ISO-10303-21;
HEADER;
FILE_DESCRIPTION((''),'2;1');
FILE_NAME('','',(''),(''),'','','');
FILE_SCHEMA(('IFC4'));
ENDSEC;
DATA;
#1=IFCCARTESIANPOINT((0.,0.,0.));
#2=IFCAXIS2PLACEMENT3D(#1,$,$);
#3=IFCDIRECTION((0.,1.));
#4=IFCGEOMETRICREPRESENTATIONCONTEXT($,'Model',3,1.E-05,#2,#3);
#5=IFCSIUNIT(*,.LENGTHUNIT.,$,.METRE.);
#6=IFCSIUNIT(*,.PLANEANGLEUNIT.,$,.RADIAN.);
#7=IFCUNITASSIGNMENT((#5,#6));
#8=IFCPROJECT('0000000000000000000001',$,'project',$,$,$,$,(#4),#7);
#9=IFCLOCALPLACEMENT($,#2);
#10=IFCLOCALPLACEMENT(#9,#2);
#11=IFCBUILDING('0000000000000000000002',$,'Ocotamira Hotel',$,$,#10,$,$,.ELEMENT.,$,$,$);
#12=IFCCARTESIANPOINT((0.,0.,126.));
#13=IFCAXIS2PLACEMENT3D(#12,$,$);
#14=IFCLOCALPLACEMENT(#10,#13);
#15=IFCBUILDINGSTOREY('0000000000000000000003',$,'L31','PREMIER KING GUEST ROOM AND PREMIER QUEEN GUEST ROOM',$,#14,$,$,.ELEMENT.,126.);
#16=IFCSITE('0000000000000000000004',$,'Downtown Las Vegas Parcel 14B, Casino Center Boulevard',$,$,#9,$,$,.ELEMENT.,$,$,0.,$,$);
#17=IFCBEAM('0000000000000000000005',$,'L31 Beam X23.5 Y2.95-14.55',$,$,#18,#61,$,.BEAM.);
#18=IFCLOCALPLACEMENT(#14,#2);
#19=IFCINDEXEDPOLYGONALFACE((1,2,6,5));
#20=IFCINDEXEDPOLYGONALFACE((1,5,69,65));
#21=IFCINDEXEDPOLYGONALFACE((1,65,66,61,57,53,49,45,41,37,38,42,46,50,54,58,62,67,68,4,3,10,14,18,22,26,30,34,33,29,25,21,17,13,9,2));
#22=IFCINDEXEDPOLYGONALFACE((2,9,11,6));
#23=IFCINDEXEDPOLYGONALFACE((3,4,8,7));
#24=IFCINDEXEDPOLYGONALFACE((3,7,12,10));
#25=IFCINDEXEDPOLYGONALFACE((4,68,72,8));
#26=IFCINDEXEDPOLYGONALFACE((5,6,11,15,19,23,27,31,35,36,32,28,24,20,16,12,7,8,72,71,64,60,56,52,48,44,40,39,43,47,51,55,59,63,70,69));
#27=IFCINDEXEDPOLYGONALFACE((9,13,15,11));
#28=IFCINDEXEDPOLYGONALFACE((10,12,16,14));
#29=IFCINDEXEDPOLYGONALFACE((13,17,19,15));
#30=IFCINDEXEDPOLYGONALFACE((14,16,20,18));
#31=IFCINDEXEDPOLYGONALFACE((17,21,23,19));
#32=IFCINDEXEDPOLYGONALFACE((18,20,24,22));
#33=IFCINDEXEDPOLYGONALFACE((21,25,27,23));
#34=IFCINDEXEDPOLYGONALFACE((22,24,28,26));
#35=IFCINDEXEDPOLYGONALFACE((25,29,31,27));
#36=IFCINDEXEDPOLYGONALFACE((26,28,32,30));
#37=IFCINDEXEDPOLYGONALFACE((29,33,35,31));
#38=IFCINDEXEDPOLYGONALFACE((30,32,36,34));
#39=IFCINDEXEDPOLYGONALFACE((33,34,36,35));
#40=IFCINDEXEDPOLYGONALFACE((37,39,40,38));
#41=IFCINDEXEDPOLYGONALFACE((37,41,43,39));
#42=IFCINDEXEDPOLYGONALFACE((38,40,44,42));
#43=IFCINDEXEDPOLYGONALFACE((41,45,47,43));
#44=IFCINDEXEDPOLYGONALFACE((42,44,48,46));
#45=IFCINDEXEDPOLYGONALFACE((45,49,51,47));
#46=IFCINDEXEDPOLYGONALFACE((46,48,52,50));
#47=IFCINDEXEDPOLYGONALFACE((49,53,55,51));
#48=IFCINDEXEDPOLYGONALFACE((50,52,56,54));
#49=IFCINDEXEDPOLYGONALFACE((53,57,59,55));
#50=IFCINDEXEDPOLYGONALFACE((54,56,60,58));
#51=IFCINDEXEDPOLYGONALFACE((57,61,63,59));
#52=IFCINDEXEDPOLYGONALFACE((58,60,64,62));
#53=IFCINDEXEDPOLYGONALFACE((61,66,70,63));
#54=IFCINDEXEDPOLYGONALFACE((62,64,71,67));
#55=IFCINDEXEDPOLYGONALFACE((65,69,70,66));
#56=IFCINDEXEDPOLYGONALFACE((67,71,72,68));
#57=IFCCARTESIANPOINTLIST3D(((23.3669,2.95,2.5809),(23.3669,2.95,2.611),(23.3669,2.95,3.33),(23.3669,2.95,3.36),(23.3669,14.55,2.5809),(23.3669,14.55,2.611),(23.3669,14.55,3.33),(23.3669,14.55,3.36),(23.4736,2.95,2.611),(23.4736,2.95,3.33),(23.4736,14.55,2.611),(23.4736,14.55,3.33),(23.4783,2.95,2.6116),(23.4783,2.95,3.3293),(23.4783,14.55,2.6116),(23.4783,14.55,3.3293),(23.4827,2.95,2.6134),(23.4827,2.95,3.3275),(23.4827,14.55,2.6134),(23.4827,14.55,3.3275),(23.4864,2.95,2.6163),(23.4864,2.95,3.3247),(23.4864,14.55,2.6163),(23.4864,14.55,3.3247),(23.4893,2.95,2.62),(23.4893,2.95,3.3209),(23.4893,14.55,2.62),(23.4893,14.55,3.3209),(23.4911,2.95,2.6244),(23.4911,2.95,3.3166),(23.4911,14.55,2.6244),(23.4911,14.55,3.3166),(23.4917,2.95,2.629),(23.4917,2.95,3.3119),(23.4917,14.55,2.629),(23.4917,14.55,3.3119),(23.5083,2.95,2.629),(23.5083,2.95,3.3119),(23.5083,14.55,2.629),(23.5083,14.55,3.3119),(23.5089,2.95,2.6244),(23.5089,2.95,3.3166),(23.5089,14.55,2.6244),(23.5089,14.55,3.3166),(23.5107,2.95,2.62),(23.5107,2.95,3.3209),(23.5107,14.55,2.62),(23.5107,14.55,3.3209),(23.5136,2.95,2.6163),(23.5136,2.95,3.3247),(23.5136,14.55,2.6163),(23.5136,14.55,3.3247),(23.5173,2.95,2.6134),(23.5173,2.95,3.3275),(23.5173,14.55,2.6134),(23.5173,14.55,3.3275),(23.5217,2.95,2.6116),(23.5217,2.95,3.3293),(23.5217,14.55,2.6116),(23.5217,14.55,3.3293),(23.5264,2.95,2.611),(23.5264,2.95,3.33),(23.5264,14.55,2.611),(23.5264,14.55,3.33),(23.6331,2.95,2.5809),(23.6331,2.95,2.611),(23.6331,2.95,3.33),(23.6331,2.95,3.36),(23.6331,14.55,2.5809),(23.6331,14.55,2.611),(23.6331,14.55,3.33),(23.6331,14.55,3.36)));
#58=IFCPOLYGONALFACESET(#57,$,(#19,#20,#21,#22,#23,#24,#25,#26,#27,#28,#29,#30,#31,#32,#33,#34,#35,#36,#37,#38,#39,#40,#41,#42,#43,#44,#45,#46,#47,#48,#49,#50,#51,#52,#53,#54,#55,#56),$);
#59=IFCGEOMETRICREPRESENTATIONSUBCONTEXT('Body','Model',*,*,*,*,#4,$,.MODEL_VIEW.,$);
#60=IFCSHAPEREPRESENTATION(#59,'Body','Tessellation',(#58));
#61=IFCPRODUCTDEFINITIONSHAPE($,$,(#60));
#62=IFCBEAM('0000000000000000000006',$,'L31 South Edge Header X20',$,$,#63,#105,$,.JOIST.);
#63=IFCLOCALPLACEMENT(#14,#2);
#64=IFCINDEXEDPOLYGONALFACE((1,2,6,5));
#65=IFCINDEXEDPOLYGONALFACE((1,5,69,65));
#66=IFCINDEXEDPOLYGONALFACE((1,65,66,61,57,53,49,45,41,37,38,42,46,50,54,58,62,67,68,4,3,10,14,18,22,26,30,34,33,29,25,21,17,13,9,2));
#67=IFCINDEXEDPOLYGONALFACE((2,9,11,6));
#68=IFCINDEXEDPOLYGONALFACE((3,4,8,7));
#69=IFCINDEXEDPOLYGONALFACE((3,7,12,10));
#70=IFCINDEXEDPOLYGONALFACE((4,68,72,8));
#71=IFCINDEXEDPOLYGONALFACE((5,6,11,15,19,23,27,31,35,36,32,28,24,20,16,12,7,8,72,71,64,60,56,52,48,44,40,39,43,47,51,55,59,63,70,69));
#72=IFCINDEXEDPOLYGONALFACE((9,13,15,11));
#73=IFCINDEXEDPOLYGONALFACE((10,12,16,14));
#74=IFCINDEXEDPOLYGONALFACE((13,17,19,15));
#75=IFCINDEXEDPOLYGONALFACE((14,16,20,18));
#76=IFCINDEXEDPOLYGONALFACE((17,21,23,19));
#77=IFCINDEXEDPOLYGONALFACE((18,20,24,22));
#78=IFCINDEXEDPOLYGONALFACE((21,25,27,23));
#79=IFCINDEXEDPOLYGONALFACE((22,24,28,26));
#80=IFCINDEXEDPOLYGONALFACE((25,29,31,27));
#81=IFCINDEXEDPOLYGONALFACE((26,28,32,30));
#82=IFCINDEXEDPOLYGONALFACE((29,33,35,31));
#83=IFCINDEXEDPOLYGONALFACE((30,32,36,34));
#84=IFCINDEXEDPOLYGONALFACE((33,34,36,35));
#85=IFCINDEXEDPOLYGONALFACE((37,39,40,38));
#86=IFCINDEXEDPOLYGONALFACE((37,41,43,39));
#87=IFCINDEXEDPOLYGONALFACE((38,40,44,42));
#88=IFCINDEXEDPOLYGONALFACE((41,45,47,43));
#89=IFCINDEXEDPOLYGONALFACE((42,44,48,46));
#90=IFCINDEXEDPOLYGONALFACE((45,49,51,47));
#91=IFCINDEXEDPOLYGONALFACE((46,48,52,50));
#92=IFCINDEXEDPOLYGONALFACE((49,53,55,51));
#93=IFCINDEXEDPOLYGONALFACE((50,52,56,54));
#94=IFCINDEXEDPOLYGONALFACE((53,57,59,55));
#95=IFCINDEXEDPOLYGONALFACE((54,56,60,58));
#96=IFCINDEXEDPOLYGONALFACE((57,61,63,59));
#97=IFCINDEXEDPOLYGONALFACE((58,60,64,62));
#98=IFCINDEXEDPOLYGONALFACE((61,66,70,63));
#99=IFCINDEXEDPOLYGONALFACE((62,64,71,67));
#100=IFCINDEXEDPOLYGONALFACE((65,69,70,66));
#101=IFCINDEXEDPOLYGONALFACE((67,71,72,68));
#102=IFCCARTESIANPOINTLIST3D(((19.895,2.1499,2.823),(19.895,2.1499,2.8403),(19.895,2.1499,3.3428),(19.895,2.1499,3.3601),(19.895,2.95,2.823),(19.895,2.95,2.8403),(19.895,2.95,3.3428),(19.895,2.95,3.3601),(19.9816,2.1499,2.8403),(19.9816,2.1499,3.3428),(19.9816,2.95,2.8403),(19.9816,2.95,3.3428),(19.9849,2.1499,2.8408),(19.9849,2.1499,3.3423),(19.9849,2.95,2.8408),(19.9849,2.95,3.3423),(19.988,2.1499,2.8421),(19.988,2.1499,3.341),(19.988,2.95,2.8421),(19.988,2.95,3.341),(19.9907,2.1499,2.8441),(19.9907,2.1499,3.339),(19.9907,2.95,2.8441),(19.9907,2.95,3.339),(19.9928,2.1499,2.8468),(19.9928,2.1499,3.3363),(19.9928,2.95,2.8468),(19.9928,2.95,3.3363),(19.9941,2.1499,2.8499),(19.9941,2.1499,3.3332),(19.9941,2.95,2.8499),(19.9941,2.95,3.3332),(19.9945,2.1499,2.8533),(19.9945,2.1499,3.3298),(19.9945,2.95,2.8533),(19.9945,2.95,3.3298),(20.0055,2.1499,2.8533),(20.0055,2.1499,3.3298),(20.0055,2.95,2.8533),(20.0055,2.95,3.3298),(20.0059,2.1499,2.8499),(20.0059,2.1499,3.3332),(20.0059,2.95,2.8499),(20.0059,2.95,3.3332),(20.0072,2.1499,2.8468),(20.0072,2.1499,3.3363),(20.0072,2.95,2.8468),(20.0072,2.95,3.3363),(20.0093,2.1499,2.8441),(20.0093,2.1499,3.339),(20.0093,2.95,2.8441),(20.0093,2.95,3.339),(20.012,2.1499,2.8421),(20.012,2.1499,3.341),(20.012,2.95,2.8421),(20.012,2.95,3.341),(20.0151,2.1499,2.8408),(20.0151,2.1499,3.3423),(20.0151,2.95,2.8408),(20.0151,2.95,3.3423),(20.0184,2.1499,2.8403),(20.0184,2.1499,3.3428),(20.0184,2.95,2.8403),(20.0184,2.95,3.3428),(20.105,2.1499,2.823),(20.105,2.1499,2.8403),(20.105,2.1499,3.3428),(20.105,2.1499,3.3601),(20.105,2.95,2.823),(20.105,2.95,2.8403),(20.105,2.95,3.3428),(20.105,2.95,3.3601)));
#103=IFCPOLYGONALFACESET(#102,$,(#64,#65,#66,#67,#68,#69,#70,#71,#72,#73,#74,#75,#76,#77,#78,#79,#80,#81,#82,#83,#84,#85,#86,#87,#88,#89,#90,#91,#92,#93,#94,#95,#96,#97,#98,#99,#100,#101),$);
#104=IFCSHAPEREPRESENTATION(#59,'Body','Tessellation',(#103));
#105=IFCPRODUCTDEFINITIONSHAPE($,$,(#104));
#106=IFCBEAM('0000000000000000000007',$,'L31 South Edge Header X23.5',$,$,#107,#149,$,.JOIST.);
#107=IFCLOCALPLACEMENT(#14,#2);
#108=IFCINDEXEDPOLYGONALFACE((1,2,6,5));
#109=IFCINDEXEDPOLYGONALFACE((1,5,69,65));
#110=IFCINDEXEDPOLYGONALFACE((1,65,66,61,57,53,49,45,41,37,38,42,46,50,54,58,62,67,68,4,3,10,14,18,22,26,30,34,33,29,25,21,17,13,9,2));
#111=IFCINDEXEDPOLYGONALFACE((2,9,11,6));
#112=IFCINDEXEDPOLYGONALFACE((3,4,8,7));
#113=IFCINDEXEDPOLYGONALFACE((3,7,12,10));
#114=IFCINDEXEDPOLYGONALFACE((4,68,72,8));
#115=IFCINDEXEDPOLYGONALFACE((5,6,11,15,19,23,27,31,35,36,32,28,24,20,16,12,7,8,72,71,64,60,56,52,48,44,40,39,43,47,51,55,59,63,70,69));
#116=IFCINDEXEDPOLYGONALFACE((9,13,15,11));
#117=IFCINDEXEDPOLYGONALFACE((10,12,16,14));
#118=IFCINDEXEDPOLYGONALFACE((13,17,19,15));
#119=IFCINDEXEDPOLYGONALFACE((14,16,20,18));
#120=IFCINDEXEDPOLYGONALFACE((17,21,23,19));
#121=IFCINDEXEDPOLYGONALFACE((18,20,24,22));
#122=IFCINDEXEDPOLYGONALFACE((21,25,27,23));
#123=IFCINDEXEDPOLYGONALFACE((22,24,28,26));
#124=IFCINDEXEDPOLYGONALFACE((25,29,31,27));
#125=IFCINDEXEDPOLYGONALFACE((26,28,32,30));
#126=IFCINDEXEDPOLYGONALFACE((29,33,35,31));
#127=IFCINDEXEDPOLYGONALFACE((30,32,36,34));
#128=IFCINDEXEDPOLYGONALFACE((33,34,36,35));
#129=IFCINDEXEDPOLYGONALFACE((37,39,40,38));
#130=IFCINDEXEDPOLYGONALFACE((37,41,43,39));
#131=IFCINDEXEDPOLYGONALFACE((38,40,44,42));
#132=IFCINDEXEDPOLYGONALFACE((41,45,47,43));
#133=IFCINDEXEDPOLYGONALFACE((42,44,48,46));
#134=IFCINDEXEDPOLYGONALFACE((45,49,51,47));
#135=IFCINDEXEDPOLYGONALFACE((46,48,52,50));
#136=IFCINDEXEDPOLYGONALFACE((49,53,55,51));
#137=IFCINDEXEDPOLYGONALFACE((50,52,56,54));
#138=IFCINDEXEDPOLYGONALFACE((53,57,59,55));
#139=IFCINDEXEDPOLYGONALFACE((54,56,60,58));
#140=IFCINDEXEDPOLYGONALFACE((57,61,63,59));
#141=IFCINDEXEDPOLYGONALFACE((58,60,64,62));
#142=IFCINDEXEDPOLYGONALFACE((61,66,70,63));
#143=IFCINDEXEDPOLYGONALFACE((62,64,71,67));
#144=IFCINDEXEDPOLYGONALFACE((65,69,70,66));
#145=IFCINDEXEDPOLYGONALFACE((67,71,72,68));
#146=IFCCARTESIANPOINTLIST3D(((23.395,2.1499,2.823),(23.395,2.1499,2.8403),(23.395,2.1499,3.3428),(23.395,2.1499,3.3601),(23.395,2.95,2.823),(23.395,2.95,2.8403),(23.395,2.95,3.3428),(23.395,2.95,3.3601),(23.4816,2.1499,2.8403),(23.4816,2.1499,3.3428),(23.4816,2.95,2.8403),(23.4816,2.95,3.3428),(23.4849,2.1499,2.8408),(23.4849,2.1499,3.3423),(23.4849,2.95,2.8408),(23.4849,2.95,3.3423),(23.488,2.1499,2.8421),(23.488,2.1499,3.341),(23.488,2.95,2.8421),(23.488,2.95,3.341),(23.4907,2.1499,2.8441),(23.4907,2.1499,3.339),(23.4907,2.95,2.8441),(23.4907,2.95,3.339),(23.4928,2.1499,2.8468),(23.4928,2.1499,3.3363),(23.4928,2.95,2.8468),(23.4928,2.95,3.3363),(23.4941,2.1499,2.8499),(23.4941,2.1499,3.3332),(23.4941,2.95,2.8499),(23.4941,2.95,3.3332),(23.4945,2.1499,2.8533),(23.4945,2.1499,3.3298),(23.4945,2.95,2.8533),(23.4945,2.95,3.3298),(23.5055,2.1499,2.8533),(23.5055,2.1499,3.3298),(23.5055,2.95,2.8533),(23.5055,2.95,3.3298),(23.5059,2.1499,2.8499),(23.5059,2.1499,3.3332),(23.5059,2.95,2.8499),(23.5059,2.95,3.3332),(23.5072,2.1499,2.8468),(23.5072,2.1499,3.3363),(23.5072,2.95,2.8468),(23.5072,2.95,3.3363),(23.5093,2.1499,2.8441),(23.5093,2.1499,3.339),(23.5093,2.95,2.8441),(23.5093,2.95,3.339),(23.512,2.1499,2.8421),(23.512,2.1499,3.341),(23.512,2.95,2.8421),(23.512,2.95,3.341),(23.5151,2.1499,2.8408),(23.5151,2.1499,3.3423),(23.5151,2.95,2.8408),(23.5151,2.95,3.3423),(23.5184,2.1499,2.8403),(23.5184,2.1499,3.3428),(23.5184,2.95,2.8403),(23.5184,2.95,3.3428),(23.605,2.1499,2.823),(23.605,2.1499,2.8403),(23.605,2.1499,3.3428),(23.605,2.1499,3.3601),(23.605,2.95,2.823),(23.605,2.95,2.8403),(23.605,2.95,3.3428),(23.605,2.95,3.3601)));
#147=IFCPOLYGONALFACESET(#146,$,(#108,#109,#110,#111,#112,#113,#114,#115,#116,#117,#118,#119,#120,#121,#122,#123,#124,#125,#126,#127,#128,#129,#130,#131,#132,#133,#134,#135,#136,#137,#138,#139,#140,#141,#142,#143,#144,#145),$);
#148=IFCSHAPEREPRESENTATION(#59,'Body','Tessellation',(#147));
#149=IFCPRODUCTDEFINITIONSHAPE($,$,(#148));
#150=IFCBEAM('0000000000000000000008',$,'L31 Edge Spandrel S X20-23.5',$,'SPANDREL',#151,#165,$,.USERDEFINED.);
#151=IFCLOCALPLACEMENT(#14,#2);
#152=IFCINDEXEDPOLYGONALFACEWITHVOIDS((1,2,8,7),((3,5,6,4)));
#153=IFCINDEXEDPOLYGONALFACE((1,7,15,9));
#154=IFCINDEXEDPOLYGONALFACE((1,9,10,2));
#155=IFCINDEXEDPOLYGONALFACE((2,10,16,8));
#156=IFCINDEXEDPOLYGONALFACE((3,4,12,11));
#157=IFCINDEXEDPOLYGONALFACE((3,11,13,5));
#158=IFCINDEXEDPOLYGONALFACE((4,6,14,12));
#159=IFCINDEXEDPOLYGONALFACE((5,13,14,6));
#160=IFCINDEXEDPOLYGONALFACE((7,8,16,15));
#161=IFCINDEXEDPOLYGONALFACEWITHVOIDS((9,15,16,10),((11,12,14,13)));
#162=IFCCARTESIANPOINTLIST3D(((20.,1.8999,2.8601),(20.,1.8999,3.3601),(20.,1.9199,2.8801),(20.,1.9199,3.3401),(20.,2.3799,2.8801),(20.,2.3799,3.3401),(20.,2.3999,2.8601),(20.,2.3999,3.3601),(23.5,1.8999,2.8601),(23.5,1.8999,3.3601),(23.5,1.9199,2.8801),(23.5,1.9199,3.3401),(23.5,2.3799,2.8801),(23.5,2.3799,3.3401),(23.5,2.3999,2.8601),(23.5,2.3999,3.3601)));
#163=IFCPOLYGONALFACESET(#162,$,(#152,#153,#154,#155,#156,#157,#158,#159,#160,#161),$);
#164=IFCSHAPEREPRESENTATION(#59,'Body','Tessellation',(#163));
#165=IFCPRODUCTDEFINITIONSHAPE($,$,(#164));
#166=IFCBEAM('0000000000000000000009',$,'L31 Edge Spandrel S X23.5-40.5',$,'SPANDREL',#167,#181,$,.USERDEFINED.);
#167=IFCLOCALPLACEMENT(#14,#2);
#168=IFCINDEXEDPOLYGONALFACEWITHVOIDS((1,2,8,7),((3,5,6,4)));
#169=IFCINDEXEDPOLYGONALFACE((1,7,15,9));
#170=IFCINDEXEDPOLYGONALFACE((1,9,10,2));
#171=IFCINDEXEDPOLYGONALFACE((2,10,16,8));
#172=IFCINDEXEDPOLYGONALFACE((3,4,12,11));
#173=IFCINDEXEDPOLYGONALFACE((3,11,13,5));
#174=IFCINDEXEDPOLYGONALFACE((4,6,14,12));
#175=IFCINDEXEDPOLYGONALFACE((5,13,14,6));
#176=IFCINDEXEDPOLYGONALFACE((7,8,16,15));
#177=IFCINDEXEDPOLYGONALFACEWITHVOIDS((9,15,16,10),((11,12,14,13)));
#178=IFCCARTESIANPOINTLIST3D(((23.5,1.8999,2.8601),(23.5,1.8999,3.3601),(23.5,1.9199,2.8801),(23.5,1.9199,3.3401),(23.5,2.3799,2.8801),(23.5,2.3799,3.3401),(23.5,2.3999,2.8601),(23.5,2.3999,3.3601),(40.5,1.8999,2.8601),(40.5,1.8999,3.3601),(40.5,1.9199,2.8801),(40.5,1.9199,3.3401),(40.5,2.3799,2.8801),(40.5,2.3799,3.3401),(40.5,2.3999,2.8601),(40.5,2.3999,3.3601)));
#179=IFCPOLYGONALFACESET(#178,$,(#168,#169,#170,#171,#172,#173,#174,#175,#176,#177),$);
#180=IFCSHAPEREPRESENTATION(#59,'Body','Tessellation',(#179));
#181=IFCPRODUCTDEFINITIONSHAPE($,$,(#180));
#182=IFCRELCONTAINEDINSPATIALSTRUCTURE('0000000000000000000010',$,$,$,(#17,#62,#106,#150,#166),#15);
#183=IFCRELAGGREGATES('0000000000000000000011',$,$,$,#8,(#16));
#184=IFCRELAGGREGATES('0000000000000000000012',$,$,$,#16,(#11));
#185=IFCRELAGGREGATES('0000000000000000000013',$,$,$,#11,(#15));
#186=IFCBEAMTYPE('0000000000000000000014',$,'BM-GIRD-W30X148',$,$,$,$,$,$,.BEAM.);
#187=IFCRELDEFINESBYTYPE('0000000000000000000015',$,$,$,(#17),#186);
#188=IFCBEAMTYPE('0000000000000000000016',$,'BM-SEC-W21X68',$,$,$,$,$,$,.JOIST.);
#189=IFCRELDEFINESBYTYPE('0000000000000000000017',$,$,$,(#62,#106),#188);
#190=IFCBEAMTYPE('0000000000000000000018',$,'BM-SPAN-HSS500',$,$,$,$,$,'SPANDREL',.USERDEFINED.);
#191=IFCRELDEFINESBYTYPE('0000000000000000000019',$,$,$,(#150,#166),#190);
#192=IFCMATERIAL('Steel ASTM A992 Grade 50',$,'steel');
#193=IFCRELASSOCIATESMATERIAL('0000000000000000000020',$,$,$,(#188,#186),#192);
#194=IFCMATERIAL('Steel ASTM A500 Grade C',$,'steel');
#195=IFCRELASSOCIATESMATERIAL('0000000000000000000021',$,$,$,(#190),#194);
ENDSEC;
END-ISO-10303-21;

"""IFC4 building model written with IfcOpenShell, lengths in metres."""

from ifc_helpers import new_model, si_unit, direction, frame, origin, origin_2d, place, context, subcontext, project, spatial, hollow_rectangle, i_section, extrude, source, transform, mapped, material, material_profile, profile_set, type_object, element, save


model = new_model("IFC4")

# Units and contexts
model_context = context("Model", 3, precision=1e-05, world=origin(), true_north=direction((0.0, 1.0)))
body_context = subcontext(model_context, "Body", "Model", "MODEL_VIEW")
ifc_project = project(units=[si_unit("LENGTHUNIT", "METRE"), si_unit("PLANEANGLEUNIT", "RADIAN")], contexts=[model_context])

# Site, building, storey
site_placement = place(None, origin())
site = spatial("IfcSite", under=ifc_project, at=site_placement, Name="Downtown Las Vegas Parcel 14B, Casino Center Boulevard", CompositionType="ELEMENT", RefElevation=0.0)
building_placement = place(site_placement, origin())
building = spatial("IfcBuilding", under=site, at=building_placement, Name="Ocotamira Hotel", CompositionType="ELEMENT")
storey_placement = place(building_placement, frame((0.0, 0.0, 126.0)))
storey = spatial("IfcBuildingStorey", under=building, at=storey_placement, Name="L31", Description="PREMIER KING GUEST ROOM AND PREMIER QUEEN GUEST ROOM", CompositionType="ELEMENT", Elevation=126.0)

# Beams
ifc_material_1 = material(Name="Steel ASTM A992 Grade 50", Category="steel")
ifc_material_profile_1 = material_profile(ifc_material_1, i_section(OverallWidth=0.21, OverallDepth=0.5371, WebThickness=0.011, FlangeThickness=0.0173, FilletRadius=0.0129, at=origin_2d()), Name="W21X68")
ifc_profile_set_1 = profile_set([ifc_material_profile_1], Name="Steel ASTM A992 Grade 50")
beam_type_1 = type_object("IfcBeamType", Name="BM-SEC-W21X68", PredefinedType="JOIST", material=ifc_profile_set_1)
ifc_material_profile_2 = material_profile(ifc_material_1, i_section(OverallWidth=0.2661, OverallDepth=0.7791, WebThickness=0.0166, FlangeThickness=0.03, FilletRadius=0.0181, at=origin_2d()), Name="W30X148")
ifc_profile_set_2 = profile_set([ifc_material_profile_2], Name="Steel ASTM A992 Grade 50")
beam_type_2 = type_object("IfcBeamType", Name="BM-GIRD-W30X148", PredefinedType="BEAM", material=ifc_profile_set_2)
shared_shape_1 = source(origin(), body_context, "Body", "SweptSolid", [
    extrude(i_section(OverallWidth=0.2661, OverallDepth=0.7791, WebThickness=0.0166, FlangeThickness=0.03, FilletRadius=0.0181, at=origin_2d()), origin(), (0.0, 0.0, 1.0), 11.6001),
])
beam_1_placement = place(storey_placement, frame((23.5, 2.95, 2.9705), z_axis=(0.0, 1.0, 0.0), x_axis=(-1.0, 0.0, 0.0)))
element("IfcBeam", 1, at=beam_1_placement, inside=storey, type_object=beam_type_2, Name="L31 Beam X23.5 Y2.95-14.55", PredefinedType="BEAM", context=body_context, shape_type="MappedRepresentation", body=[
    mapped(shared_shape_1, transform((0.0, 0.0, 0.0), scale=1.0)),
])
shared_shape_2 = source(origin(), body_context, "Body", "SweptSolid", [
    extrude(i_section(OverallWidth=0.21, OverallDepth=0.5371, WebThickness=0.011, FlangeThickness=0.0173, FilletRadius=0.0129, at=origin_2d()), origin(), (0.0, 0.0, 1.0), 0.8),
])
for number, where, z_axis, x_axis, name in (
    (2, (20.0, 2.95, 3.0916), (0.0, -1.0, 0.0), (1.0, 0.0, 0.0), "L31 South Edge Header X20"),
    (3, (23.5, 2.95, 3.0916), (0.0, -1.0, 0.0), (1.0, 0.0, 0.0), "L31 South Edge Header X23.5"),
):
    element("IfcBeam", number, at=place(storey_placement, frame(where, z_axis=z_axis, x_axis=x_axis)), inside=storey, type_object=beam_type_1, Name=name, PredefinedType="JOIST", context=body_context, shape_type="MappedRepresentation", body=[
        mapped(shared_shape_2, transform((0.0, 0.0, 0.0), scale=1.0)),
    ])
ifc_material_2 = material(Name="Steel ASTM A500 Grade C", Category="steel")
ifc_material_profile_3 = material_profile(ifc_material_2, hollow_rectangle(XDim=0.5, YDim=0.5, WallThickness=0.02, at=origin_2d()), Name="HSS500X500X20")
ifc_profile_set_3 = profile_set([ifc_material_profile_3], Name="Steel ASTM A500 Grade C")
beam_type_3 = type_object("IfcBeamType", Name="BM-SPAN-HSS500", ElementType="SPANDREL", PredefinedType="USERDEFINED", material=ifc_profile_set_3)
shared_shape_3 = source(origin(), body_context, "Body", "SweptSolid", [
    extrude(hollow_rectangle(XDim=0.5, YDim=0.5, WallThickness=0.02, at=origin_2d()), origin(), (0.0, 0.0, 1.0), 3.5),
])
beam_2_placement = place(storey_placement, frame((20.0, 2.1499, 3.1101), z_axis=(1.0, 0.0, 0.0), x_axis=(0.0, 1.0, 0.0)))
element("IfcBeam", 4, at=beam_2_placement, inside=storey, type_object=beam_type_3, Name="L31 Edge Spandrel S X20-23.5", ObjectType="SPANDREL", PredefinedType="USERDEFINED", context=body_context, shape_type="MappedRepresentation", body=[
    mapped(shared_shape_3, transform((0.0, 0.0, 0.0), scale=1.0)),
])
shared_shape_4 = source(origin(), body_context, "Body", "SweptSolid", [
    extrude(hollow_rectangle(XDim=0.5, YDim=0.5, WallThickness=0.02, at=origin_2d()), origin(), (0.0, 0.0, 1.0), 17.0),
])
beam_3_placement = place(storey_placement, frame((23.5, 2.1499, 3.1101), z_axis=(1.0, 0.0, 0.0), x_axis=(0.0, 1.0, 0.0)))
element("IfcBeam", 5, at=beam_3_placement, inside=storey, type_object=beam_type_3, Name="L31 Edge Spandrel S X23.5-40.5", ObjectType="SPANDREL", PredefinedType="USERDEFINED", context=body_context, shape_type="MappedRepresentation", body=[
    mapped(shared_shape_4, transform((0.0, 0.0, 0.0), scale=1.0)),
])

save(model, "model.ifc")
